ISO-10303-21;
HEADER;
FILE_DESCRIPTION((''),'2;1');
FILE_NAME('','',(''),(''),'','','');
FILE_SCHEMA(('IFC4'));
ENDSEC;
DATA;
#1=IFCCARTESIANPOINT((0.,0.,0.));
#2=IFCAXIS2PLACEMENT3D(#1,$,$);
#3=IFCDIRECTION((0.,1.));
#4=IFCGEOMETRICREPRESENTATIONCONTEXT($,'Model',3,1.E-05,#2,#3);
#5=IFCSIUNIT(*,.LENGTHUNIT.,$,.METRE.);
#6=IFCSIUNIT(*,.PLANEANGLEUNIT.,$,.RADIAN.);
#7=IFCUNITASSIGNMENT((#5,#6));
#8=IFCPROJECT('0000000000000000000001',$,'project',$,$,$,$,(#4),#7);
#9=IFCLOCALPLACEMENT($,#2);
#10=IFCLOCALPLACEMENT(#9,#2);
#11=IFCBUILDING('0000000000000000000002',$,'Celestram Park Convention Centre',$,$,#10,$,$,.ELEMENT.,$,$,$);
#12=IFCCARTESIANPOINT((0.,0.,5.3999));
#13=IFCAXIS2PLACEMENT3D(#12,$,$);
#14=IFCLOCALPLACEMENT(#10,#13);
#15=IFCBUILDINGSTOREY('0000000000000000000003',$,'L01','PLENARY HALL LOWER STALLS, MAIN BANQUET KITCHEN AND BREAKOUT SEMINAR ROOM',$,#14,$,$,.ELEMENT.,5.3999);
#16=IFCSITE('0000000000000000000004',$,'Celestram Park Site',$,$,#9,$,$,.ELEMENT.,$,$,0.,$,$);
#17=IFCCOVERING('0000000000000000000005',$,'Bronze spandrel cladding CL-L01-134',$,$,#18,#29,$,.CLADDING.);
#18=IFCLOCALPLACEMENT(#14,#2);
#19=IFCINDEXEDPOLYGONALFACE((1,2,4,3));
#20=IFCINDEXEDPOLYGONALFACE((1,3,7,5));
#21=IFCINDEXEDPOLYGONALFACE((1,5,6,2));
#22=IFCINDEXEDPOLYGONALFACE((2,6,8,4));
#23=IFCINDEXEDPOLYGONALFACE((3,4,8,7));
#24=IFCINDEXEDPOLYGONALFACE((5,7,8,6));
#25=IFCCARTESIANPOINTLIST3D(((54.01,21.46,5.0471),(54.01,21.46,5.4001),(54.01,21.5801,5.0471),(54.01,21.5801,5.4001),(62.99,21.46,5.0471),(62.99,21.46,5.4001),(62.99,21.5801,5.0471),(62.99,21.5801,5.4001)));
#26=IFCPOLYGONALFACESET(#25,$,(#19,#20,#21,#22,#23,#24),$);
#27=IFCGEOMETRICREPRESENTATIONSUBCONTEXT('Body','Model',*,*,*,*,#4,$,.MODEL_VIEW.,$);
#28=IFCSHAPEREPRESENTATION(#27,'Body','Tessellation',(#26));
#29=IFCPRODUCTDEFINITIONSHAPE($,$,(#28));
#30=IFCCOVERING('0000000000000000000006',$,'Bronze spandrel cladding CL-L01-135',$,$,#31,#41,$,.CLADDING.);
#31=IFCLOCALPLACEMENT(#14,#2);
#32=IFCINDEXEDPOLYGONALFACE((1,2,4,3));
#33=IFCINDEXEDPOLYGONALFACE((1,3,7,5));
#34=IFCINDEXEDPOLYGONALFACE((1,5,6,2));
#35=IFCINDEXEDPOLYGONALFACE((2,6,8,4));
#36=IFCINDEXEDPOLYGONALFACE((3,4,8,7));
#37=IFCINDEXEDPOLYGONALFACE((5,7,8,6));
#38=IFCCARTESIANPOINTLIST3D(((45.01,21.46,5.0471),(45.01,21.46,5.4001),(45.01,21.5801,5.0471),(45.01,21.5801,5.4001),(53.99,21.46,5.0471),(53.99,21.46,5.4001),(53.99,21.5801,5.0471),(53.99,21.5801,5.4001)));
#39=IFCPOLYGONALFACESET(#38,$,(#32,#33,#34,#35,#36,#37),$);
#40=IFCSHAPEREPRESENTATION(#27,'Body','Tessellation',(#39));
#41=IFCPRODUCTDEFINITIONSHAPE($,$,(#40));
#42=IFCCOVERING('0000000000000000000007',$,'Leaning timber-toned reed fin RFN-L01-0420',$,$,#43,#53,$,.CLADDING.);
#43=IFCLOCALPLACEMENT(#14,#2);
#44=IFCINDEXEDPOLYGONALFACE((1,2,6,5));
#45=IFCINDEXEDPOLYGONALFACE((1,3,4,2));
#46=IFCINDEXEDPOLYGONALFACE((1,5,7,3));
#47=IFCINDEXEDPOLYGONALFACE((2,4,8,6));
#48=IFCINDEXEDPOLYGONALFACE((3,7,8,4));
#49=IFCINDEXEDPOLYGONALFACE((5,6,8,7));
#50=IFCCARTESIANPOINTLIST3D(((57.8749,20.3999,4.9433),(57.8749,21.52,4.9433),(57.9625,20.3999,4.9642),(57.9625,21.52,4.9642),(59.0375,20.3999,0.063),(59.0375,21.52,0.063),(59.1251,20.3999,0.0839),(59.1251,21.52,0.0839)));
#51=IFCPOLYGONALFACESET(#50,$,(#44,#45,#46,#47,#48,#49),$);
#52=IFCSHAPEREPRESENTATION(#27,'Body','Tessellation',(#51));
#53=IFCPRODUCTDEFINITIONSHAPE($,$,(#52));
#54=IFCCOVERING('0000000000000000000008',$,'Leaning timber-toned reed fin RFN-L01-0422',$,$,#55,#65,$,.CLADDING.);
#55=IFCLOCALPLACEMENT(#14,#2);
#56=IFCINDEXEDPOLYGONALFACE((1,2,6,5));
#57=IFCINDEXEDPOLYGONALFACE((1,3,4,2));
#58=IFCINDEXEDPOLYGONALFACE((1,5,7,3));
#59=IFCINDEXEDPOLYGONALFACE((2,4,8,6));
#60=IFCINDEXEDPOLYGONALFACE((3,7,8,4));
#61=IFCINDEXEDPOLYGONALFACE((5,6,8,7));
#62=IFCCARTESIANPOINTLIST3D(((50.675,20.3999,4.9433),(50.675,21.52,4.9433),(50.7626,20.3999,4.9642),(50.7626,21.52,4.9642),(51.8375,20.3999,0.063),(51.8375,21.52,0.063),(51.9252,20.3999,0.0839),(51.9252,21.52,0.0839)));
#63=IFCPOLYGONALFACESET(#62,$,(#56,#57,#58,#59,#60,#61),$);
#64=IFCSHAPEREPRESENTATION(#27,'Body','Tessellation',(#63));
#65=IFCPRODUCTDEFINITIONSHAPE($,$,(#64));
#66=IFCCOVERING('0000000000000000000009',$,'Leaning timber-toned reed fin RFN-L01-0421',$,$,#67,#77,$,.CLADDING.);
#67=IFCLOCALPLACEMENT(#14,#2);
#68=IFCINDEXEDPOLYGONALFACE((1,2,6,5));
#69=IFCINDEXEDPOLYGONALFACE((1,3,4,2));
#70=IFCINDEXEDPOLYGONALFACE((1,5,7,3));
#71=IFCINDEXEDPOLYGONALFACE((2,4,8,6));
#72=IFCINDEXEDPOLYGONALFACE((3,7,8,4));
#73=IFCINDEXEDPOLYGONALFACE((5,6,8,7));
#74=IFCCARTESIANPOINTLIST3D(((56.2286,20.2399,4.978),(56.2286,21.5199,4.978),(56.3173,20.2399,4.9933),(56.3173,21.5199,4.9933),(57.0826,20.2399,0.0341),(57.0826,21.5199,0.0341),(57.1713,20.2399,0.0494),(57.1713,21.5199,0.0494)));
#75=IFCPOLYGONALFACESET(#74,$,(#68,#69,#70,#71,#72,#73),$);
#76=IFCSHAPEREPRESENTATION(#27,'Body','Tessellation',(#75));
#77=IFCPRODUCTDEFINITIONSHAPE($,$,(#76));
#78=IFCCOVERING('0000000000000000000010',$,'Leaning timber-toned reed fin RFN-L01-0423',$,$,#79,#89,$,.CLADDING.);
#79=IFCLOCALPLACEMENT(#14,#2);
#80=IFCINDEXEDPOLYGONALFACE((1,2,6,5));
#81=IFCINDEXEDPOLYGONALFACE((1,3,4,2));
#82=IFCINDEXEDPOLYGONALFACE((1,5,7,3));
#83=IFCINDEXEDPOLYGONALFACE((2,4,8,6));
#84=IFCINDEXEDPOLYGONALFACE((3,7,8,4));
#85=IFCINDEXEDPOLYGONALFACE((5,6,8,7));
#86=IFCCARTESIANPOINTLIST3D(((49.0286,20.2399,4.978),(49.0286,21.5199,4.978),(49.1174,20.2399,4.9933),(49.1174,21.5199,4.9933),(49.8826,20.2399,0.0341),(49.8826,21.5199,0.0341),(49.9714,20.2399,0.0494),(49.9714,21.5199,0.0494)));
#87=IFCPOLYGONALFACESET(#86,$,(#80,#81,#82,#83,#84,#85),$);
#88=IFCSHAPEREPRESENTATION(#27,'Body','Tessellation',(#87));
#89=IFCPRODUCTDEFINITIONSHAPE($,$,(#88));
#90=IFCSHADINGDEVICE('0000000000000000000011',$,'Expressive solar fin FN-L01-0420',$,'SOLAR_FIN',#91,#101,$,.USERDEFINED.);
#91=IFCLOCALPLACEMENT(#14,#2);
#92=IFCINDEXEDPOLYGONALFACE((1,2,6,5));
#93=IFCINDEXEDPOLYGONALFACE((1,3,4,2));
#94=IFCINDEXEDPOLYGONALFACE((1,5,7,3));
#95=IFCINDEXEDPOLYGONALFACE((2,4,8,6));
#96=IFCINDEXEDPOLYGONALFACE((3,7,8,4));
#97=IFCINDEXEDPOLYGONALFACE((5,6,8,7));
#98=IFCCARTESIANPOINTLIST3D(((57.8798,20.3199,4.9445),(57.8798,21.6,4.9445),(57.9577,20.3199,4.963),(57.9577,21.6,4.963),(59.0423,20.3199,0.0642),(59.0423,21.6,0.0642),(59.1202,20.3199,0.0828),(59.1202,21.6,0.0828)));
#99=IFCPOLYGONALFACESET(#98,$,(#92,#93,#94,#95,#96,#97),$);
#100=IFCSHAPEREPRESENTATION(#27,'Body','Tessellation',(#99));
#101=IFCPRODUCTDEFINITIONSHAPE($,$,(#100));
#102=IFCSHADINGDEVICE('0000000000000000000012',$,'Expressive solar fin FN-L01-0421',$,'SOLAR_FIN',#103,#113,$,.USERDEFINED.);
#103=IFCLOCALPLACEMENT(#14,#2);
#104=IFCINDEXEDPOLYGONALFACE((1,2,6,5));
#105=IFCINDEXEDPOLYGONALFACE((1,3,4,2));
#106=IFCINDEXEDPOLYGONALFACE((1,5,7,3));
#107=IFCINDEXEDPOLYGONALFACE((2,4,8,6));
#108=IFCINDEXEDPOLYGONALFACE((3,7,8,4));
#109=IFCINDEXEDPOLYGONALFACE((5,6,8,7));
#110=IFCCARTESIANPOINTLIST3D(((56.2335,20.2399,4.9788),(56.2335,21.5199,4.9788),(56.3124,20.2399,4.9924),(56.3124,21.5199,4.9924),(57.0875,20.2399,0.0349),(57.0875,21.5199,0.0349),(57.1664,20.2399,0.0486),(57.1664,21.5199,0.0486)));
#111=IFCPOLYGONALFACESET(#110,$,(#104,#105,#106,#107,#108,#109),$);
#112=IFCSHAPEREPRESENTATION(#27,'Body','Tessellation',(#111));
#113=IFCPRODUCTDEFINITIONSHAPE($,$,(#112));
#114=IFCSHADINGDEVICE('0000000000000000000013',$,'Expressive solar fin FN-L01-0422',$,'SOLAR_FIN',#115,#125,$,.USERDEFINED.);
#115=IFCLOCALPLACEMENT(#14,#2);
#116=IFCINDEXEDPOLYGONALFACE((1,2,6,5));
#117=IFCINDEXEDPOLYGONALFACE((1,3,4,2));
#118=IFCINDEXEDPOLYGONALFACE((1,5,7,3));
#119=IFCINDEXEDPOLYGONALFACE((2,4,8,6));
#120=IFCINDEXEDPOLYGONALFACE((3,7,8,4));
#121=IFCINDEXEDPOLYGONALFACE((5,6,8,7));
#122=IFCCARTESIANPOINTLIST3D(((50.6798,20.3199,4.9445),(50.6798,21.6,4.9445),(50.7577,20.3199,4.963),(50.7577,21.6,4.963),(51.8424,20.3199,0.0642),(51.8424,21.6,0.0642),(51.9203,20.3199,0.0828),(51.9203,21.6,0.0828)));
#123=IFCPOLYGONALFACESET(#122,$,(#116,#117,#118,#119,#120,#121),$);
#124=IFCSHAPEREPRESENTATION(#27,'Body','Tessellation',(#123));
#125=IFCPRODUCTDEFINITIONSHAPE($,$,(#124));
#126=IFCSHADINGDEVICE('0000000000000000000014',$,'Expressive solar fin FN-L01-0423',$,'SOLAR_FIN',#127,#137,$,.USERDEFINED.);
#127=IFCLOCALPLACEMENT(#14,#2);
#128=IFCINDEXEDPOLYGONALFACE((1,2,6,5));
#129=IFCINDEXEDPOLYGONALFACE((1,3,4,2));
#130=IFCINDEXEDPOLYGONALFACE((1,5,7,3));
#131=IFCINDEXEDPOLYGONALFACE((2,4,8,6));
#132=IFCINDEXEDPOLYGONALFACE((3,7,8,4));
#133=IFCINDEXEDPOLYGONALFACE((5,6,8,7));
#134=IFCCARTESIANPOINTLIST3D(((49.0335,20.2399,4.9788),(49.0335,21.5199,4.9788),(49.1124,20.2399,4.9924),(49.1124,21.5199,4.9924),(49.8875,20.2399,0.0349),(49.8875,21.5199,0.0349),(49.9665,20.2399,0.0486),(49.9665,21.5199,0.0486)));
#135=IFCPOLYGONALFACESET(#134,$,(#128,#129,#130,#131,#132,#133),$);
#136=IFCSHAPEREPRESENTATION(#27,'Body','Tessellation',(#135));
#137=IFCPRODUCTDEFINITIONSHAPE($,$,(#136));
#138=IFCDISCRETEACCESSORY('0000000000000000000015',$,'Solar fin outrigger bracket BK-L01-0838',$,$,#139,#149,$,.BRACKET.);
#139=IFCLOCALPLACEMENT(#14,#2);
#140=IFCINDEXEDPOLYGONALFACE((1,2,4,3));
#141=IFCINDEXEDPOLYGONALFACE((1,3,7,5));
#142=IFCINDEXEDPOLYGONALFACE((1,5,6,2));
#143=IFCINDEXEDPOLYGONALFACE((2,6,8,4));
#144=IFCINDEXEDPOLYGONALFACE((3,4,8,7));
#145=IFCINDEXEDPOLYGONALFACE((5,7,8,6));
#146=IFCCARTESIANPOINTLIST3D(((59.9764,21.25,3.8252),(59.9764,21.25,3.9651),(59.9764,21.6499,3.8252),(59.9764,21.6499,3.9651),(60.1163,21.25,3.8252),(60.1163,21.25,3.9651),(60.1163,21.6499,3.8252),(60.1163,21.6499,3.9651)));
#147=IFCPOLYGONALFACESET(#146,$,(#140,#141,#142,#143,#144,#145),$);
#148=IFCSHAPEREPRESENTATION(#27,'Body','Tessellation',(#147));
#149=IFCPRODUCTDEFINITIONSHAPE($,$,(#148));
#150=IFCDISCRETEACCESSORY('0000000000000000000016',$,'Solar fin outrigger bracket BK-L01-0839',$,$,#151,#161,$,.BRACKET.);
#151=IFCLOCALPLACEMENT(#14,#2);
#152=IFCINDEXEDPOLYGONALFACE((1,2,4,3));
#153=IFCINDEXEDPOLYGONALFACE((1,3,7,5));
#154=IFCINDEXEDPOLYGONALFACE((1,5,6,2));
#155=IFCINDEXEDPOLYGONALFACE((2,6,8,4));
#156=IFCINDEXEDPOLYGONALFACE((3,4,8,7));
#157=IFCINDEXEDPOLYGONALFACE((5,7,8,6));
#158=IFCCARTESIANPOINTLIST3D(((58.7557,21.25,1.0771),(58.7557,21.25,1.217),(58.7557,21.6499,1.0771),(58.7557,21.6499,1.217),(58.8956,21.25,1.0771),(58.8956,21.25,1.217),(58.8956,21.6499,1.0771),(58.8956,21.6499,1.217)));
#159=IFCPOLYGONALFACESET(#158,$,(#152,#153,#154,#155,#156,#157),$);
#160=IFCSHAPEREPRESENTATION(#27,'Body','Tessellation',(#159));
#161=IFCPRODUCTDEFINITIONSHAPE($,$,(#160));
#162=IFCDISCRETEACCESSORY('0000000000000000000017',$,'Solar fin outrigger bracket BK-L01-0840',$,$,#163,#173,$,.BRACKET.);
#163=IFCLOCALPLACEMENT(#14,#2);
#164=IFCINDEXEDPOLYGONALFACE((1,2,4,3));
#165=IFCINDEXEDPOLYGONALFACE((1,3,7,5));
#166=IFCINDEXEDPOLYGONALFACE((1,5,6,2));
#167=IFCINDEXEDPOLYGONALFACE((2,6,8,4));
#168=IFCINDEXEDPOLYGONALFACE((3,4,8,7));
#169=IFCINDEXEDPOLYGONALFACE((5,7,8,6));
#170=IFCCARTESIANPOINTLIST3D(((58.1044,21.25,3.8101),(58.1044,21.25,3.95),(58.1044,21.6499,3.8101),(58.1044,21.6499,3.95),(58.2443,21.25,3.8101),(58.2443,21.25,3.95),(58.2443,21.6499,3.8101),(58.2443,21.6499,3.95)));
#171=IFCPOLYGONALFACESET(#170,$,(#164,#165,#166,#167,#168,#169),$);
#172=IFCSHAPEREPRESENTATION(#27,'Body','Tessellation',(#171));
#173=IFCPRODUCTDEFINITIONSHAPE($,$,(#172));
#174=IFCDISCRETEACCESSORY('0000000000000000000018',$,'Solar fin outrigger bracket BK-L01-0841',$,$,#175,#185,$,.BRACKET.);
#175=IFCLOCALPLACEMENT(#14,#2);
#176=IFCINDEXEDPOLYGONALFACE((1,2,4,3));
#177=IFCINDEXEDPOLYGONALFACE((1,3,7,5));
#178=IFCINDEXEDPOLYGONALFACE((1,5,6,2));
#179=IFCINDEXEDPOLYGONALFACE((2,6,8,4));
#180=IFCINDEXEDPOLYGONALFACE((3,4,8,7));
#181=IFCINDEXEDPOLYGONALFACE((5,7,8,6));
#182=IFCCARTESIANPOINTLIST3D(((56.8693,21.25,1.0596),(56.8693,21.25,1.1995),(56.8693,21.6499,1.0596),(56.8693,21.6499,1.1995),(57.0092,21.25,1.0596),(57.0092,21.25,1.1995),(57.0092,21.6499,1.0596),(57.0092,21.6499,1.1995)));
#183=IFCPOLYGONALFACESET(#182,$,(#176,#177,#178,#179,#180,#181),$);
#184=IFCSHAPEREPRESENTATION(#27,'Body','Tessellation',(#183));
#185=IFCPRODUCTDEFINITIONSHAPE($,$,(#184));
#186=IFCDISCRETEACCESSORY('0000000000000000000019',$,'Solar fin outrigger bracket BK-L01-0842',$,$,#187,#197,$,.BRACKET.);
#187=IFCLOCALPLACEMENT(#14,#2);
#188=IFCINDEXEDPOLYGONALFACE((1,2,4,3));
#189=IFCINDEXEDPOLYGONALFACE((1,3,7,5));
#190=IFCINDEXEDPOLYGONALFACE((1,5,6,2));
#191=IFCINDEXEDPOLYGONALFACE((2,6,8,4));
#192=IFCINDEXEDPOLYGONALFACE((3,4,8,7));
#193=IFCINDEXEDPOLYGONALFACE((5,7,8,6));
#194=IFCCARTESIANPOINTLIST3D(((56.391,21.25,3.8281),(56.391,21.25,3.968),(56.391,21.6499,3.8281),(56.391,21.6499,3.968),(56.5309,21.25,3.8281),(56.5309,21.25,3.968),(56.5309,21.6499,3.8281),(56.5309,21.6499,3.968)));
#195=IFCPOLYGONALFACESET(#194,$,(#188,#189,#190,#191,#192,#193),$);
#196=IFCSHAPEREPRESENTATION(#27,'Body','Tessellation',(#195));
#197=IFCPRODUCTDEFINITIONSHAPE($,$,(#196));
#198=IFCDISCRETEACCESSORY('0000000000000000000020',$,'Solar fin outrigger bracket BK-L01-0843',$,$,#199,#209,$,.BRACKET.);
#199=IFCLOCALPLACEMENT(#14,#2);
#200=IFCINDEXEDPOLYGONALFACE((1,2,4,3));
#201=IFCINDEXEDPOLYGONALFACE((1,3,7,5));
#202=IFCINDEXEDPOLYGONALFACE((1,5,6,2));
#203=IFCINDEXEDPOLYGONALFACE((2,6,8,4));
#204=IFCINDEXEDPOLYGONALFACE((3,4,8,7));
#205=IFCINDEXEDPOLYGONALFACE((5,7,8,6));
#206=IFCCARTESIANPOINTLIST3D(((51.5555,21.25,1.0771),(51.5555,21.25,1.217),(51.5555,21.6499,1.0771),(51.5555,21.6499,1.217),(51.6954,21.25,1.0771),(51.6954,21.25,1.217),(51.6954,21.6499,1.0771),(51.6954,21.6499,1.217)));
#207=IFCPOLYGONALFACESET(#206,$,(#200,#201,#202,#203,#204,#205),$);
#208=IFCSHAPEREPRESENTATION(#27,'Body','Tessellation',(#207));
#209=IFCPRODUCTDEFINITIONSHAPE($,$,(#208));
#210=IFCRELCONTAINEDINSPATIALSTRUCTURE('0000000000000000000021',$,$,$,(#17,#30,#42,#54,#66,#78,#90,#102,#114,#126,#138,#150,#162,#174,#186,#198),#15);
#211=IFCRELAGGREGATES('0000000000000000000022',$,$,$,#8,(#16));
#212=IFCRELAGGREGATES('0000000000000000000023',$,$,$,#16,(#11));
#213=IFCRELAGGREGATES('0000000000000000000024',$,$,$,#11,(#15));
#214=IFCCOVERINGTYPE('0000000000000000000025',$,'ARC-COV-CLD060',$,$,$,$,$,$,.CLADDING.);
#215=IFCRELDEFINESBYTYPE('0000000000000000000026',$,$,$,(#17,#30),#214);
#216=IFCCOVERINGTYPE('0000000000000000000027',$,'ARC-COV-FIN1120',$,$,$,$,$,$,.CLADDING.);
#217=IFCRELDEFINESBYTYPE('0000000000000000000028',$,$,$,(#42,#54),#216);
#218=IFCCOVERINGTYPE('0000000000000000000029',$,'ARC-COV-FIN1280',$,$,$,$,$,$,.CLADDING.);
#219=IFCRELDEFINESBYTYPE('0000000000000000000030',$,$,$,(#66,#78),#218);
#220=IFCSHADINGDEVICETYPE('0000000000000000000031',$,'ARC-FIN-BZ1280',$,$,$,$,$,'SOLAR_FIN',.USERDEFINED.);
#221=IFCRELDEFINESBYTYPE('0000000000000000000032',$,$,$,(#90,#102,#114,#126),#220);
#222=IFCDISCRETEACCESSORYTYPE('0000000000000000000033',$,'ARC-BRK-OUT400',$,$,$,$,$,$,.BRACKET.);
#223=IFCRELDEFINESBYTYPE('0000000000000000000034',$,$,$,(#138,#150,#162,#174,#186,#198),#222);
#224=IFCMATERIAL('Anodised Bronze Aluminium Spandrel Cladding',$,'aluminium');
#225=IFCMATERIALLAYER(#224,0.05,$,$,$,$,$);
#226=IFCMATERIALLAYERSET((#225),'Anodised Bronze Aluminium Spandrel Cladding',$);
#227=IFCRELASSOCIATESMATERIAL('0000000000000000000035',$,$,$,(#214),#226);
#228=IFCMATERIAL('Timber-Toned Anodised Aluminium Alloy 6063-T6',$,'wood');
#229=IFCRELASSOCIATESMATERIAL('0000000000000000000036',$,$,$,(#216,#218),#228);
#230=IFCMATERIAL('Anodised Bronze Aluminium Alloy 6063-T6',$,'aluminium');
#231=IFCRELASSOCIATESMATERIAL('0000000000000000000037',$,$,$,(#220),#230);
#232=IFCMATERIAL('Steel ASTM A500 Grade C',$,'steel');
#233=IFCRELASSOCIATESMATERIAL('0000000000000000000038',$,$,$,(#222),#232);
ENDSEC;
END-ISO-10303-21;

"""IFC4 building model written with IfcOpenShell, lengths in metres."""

from ifc_helpers import new_model, si_unit, direction, frame, origin, origin_2d, place, context, subcontext, project, spatial, rectangle, extrude, material, layer, layer_set, material_profile, profile_set, type_object, element, save


model = new_model("IFC4")

# Units and contexts
model_context = context("Model", 3, precision=1e-05, world=origin(), true_north=direction((0.0, 1.0)))
body_context = subcontext(model_context, "Body", "Model", "MODEL_VIEW")
ifc_project = project(units=[si_unit("LENGTHUNIT", "METRE"), si_unit("PLANEANGLEUNIT", "RADIAN")], contexts=[model_context])

# Site, building, storey
site_placement = place(None, origin())
site = spatial("IfcSite", under=ifc_project, at=site_placement, Name="Celestram Park Site", CompositionType="ELEMENT", RefElevation=0.0)
building_placement = place(site_placement, origin())
building = spatial("IfcBuilding", under=site, at=building_placement, Name="Celestram Park Convention Centre", CompositionType="ELEMENT")
storey_placement = place(building_placement, frame((0.0, 0.0, 5.3999)))
storey = spatial("IfcBuildingStorey", under=building, at=storey_placement, Name="L01", Description="PLENARY HALL LOWER STALLS, MAIN BANQUET KITCHEN AND BREAKOUT SEMINAR ROOM", CompositionType="ELEMENT", Elevation=5.3999)

# Coverings
ifc_material_1 = material(Name="Anodised Bronze Aluminium Spandrel Cladding", Category="aluminium")
ifc_layer_1 = layer(ifc_material_1, 0.05)
ifc_layer_set_1 = layer_set([ifc_layer_1], Name="Anodised Bronze Aluminium Spandrel Cladding")
covering_type_1 = type_object("IfcCoveringType", Name="ARC-COV-CLD060", PredefinedType="CLADDING", material=ifc_layer_set_1)
for number, where, z_axis, x_axis, name in (
    (1, (58.5, 21.52, 5.0471), (0.0, 0.0, 1.0), (-1.0, 0.0, 0.0), "Bronze spandrel cladding CL-L01-134"),
    (2, (49.5, 21.52, 5.0471), (0.0, 0.0, 1.0), (-1.0, 0.0, 0.0), "Bronze spandrel cladding CL-L01-135"),
):
    element("IfcCovering", number, at=place(storey_placement, frame(where, z_axis=z_axis, x_axis=x_axis)), inside=storey, type_object=covering_type_1, Name=name, PredefinedType="CLADDING", context=body_context, shape_type="SweptSolid", body=[
        extrude(rectangle(XDim=8.98, YDim=0.1201, at=origin_2d()), origin(), (0.0, 0.0, 1.0), 0.353),
    ])
ifc_material_2 = material(Name="Timber-Toned Anodised Aluminium Alloy 6063-T6", Category="wood")
ifc_material_profile_1 = material_profile(ifc_material_2, rectangle(XDim=1.1201, YDim=0.0901, at=origin_2d()), Name="REED1120X90")
ifc_profile_set_1 = profile_set([ifc_material_profile_1], Name="Timber-Toned Anodised Aluminium Alloy 6063-T6")
covering_type_2 = type_object("IfcCoveringType", Name="ARC-COV-FIN1120", PredefinedType="CLADDING", material=ifc_profile_set_1)
for number, where, z_axis, x_axis, name in (
    (3, (59.0813, 20.96, 0.0735), (-0.231735, 0.0, 0.972779), (0.0, -1.0, 0.0), "Leaning timber-toned reed fin RFN-L01-0420"),
    (4, (51.8813, 20.96, 0.0735), (-0.231735, 0.0, 0.972779), (0.0, -1.0, 0.0), "Leaning timber-toned reed fin RFN-L01-0422"),
):
    element("IfcCovering", number, at=place(storey_placement, frame(where, z_axis=z_axis, x_axis=x_axis)), inside=storey, type_object=covering_type_2, Name=name, PredefinedType="CLADDING", context=body_context, shape_type="SweptSolid", body=[
        extrude(rectangle(XDim=1.1201, YDim=0.0901, at=origin_2d()), origin(), (0.0, 0.0, 1.0), 5.0168),
    ])
ifc_material_profile_2 = material_profile(ifc_material_2, rectangle(XDim=1.28, YDim=0.0901, at=origin_2d()), Name="REED1280X90")
ifc_profile_set_2 = profile_set([ifc_material_profile_2], Name="Timber-Toned Anodised Aluminium Alloy 6063-T6")
covering_type_3 = type_object("IfcCoveringType", Name="ARC-COV-FIN1280", PredefinedType="CLADDING", material=ifc_profile_set_2)
for number, where, z_axis, x_axis, name in (
    (5, (57.127, 20.8799, 0.0417), (-0.17022, 0.0, 0.985406), (0.0, -1.0, 0.0), "Leaning timber-toned reed fin RFN-L01-0421"),
    (6, (49.927, 20.8799, 0.0417), (-0.17022, 0.0, 0.985406), (0.0, -1.0, 0.0), "Leaning timber-toned reed fin RFN-L01-0423"),
):
    element("IfcCovering", number, at=place(storey_placement, frame(where, z_axis=z_axis, x_axis=x_axis)), inside=storey, type_object=covering_type_3, Name=name, PredefinedType="CLADDING", context=body_context, shape_type="SweptSolid", body=[
        extrude(rectangle(XDim=1.28, YDim=0.0901, at=origin_2d()), origin(), (0.0, 0.0, 1.0), 5.0171),
    ])

# Shading devices
ifc_material_3 = material(Name="Anodised Bronze Aluminium Alloy 6063-T6", Category="aluminium")
ifc_material_profile_3 = material_profile(ifc_material_3, rectangle(XDim=1.28, YDim=0.0801, at=origin_2d()), Name="FIN1280X80")
ifc_profile_set_3 = profile_set([ifc_material_profile_3], Name="Anodised Bronze Aluminium Alloy 6063-T6")
shading_device_type = type_object("IfcShadingDeviceType", Name="ARC-FIN-BZ1280", ElementType="SOLAR_FIN", PredefinedType="USERDEFINED", material=ifc_profile_set_3)
shading_device_1_placement = place(storey_placement, frame((59.0813, 20.96, 0.0735), z_axis=(-0.231735, 0.0, 0.972779), x_axis=(0.0, -1.0, 0.0)))
element("IfcShadingDevice", 7, at=shading_device_1_placement, inside=storey, type_object=shading_device_type, Name="Expressive solar fin FN-L01-0420", ObjectType="SOLAR_FIN", PredefinedType="USERDEFINED", context=body_context, shape_type="SweptSolid", body=[
    extrude(rectangle(XDim=1.28, YDim=0.0801, at=origin_2d()), origin(), (0.0, 0.0, 1.0), 5.0168),
])
shading_device_2_placement = place(storey_placement, frame((57.127, 20.8799, 0.0417), z_axis=(-0.17022, 0.0, 0.985406), x_axis=(0.0, -1.0, 0.0)))
element("IfcShadingDevice", 8, at=shading_device_2_placement, inside=storey, type_object=shading_device_type, Name="Expressive solar fin FN-L01-0421", ObjectType="SOLAR_FIN", PredefinedType="USERDEFINED", context=body_context, shape_type="SweptSolid", body=[
    extrude(rectangle(XDim=1.28, YDim=0.0801, at=origin_2d()), origin(), (0.0, 0.0, 1.0), 5.0171),
])
shading_device_3_placement = place(storey_placement, frame((51.8813, 20.96, 0.0735), z_axis=(-0.231735, 0.0, 0.972779), x_axis=(0.0, -1.0, 0.0)))
element("IfcShadingDevice", 9, at=shading_device_3_placement, inside=storey, type_object=shading_device_type, Name="Expressive solar fin FN-L01-0422", ObjectType="SOLAR_FIN", PredefinedType="USERDEFINED", context=body_context, shape_type="SweptSolid", body=[
    extrude(rectangle(XDim=1.28, YDim=0.0801, at=origin_2d()), origin(), (0.0, 0.0, 1.0), 5.0168),
])
shading_device_4_placement = place(storey_placement, frame((49.927, 20.8799, 0.0417), z_axis=(-0.17022, 0.0, 0.985406), x_axis=(0.0, -1.0, 0.0)))
element("IfcShadingDevice", 10, at=shading_device_4_placement, inside=storey, type_object=shading_device_type, Name="Expressive solar fin FN-L01-0423", ObjectType="SOLAR_FIN", PredefinedType="USERDEFINED", context=body_context, shape_type="SweptSolid", body=[
    extrude(rectangle(XDim=1.28, YDim=0.0801, at=origin_2d()), origin(), (0.0, 0.0, 1.0), 5.0171),
])

# Discrete accessories
ifc_material_4 = material(Name="Steel ASTM A500 Grade C", Category="steel")
discrete_accessory_type = type_object("IfcDiscreteAccessoryType", Name="ARC-BRK-OUT400", PredefinedType="BRACKET", material=ifc_material_4)
for number, where, z_axis, x_axis, name in (
    (11, (60.0464, 21.45, 3.8252), (0.0, 0.0, 1.0), (0.0, -1.0, 0.0), "Solar fin outrigger bracket BK-L01-0838"),
    (12, (58.8257, 21.45, 1.0771), (0.0, 0.0, 1.0), (0.0, -1.0, 0.0), "Solar fin outrigger bracket BK-L01-0839"),
    (13, (58.1743, 21.45, 3.8101), (0.0, 0.0, 1.0), (0.0, -1.0, 0.0), "Solar fin outrigger bracket BK-L01-0840"),
    (14, (56.9392, 21.45, 1.0596), (0.0, 0.0, 1.0), (0.0, -1.0, 0.0), "Solar fin outrigger bracket BK-L01-0841"),
    (15, (56.4609, 21.45, 3.8281), (0.0, 0.0, 1.0), (0.0, -1.0, 0.0), "Solar fin outrigger bracket BK-L01-0842"),
    (16, (51.6255, 21.45, 1.0771), (0.0, 0.0, 1.0), (0.0, -1.0, 0.0), "Solar fin outrigger bracket BK-L01-0843"),
):
    element("IfcDiscreteAccessory", number, at=place(storey_placement, frame(where, z_axis=z_axis, x_axis=x_axis)), inside=storey, type_object=discrete_accessory_type, Name=name, PredefinedType="BRACKET", context=body_context, shape_type="SweptSolid", body=[
        extrude(rectangle(XDim=0.3999, YDim=0.1399, at=origin_2d()), origin(), (0.0, 0.0, 1.0), 0.1399),
    ])

save(model, "model.ifc")
